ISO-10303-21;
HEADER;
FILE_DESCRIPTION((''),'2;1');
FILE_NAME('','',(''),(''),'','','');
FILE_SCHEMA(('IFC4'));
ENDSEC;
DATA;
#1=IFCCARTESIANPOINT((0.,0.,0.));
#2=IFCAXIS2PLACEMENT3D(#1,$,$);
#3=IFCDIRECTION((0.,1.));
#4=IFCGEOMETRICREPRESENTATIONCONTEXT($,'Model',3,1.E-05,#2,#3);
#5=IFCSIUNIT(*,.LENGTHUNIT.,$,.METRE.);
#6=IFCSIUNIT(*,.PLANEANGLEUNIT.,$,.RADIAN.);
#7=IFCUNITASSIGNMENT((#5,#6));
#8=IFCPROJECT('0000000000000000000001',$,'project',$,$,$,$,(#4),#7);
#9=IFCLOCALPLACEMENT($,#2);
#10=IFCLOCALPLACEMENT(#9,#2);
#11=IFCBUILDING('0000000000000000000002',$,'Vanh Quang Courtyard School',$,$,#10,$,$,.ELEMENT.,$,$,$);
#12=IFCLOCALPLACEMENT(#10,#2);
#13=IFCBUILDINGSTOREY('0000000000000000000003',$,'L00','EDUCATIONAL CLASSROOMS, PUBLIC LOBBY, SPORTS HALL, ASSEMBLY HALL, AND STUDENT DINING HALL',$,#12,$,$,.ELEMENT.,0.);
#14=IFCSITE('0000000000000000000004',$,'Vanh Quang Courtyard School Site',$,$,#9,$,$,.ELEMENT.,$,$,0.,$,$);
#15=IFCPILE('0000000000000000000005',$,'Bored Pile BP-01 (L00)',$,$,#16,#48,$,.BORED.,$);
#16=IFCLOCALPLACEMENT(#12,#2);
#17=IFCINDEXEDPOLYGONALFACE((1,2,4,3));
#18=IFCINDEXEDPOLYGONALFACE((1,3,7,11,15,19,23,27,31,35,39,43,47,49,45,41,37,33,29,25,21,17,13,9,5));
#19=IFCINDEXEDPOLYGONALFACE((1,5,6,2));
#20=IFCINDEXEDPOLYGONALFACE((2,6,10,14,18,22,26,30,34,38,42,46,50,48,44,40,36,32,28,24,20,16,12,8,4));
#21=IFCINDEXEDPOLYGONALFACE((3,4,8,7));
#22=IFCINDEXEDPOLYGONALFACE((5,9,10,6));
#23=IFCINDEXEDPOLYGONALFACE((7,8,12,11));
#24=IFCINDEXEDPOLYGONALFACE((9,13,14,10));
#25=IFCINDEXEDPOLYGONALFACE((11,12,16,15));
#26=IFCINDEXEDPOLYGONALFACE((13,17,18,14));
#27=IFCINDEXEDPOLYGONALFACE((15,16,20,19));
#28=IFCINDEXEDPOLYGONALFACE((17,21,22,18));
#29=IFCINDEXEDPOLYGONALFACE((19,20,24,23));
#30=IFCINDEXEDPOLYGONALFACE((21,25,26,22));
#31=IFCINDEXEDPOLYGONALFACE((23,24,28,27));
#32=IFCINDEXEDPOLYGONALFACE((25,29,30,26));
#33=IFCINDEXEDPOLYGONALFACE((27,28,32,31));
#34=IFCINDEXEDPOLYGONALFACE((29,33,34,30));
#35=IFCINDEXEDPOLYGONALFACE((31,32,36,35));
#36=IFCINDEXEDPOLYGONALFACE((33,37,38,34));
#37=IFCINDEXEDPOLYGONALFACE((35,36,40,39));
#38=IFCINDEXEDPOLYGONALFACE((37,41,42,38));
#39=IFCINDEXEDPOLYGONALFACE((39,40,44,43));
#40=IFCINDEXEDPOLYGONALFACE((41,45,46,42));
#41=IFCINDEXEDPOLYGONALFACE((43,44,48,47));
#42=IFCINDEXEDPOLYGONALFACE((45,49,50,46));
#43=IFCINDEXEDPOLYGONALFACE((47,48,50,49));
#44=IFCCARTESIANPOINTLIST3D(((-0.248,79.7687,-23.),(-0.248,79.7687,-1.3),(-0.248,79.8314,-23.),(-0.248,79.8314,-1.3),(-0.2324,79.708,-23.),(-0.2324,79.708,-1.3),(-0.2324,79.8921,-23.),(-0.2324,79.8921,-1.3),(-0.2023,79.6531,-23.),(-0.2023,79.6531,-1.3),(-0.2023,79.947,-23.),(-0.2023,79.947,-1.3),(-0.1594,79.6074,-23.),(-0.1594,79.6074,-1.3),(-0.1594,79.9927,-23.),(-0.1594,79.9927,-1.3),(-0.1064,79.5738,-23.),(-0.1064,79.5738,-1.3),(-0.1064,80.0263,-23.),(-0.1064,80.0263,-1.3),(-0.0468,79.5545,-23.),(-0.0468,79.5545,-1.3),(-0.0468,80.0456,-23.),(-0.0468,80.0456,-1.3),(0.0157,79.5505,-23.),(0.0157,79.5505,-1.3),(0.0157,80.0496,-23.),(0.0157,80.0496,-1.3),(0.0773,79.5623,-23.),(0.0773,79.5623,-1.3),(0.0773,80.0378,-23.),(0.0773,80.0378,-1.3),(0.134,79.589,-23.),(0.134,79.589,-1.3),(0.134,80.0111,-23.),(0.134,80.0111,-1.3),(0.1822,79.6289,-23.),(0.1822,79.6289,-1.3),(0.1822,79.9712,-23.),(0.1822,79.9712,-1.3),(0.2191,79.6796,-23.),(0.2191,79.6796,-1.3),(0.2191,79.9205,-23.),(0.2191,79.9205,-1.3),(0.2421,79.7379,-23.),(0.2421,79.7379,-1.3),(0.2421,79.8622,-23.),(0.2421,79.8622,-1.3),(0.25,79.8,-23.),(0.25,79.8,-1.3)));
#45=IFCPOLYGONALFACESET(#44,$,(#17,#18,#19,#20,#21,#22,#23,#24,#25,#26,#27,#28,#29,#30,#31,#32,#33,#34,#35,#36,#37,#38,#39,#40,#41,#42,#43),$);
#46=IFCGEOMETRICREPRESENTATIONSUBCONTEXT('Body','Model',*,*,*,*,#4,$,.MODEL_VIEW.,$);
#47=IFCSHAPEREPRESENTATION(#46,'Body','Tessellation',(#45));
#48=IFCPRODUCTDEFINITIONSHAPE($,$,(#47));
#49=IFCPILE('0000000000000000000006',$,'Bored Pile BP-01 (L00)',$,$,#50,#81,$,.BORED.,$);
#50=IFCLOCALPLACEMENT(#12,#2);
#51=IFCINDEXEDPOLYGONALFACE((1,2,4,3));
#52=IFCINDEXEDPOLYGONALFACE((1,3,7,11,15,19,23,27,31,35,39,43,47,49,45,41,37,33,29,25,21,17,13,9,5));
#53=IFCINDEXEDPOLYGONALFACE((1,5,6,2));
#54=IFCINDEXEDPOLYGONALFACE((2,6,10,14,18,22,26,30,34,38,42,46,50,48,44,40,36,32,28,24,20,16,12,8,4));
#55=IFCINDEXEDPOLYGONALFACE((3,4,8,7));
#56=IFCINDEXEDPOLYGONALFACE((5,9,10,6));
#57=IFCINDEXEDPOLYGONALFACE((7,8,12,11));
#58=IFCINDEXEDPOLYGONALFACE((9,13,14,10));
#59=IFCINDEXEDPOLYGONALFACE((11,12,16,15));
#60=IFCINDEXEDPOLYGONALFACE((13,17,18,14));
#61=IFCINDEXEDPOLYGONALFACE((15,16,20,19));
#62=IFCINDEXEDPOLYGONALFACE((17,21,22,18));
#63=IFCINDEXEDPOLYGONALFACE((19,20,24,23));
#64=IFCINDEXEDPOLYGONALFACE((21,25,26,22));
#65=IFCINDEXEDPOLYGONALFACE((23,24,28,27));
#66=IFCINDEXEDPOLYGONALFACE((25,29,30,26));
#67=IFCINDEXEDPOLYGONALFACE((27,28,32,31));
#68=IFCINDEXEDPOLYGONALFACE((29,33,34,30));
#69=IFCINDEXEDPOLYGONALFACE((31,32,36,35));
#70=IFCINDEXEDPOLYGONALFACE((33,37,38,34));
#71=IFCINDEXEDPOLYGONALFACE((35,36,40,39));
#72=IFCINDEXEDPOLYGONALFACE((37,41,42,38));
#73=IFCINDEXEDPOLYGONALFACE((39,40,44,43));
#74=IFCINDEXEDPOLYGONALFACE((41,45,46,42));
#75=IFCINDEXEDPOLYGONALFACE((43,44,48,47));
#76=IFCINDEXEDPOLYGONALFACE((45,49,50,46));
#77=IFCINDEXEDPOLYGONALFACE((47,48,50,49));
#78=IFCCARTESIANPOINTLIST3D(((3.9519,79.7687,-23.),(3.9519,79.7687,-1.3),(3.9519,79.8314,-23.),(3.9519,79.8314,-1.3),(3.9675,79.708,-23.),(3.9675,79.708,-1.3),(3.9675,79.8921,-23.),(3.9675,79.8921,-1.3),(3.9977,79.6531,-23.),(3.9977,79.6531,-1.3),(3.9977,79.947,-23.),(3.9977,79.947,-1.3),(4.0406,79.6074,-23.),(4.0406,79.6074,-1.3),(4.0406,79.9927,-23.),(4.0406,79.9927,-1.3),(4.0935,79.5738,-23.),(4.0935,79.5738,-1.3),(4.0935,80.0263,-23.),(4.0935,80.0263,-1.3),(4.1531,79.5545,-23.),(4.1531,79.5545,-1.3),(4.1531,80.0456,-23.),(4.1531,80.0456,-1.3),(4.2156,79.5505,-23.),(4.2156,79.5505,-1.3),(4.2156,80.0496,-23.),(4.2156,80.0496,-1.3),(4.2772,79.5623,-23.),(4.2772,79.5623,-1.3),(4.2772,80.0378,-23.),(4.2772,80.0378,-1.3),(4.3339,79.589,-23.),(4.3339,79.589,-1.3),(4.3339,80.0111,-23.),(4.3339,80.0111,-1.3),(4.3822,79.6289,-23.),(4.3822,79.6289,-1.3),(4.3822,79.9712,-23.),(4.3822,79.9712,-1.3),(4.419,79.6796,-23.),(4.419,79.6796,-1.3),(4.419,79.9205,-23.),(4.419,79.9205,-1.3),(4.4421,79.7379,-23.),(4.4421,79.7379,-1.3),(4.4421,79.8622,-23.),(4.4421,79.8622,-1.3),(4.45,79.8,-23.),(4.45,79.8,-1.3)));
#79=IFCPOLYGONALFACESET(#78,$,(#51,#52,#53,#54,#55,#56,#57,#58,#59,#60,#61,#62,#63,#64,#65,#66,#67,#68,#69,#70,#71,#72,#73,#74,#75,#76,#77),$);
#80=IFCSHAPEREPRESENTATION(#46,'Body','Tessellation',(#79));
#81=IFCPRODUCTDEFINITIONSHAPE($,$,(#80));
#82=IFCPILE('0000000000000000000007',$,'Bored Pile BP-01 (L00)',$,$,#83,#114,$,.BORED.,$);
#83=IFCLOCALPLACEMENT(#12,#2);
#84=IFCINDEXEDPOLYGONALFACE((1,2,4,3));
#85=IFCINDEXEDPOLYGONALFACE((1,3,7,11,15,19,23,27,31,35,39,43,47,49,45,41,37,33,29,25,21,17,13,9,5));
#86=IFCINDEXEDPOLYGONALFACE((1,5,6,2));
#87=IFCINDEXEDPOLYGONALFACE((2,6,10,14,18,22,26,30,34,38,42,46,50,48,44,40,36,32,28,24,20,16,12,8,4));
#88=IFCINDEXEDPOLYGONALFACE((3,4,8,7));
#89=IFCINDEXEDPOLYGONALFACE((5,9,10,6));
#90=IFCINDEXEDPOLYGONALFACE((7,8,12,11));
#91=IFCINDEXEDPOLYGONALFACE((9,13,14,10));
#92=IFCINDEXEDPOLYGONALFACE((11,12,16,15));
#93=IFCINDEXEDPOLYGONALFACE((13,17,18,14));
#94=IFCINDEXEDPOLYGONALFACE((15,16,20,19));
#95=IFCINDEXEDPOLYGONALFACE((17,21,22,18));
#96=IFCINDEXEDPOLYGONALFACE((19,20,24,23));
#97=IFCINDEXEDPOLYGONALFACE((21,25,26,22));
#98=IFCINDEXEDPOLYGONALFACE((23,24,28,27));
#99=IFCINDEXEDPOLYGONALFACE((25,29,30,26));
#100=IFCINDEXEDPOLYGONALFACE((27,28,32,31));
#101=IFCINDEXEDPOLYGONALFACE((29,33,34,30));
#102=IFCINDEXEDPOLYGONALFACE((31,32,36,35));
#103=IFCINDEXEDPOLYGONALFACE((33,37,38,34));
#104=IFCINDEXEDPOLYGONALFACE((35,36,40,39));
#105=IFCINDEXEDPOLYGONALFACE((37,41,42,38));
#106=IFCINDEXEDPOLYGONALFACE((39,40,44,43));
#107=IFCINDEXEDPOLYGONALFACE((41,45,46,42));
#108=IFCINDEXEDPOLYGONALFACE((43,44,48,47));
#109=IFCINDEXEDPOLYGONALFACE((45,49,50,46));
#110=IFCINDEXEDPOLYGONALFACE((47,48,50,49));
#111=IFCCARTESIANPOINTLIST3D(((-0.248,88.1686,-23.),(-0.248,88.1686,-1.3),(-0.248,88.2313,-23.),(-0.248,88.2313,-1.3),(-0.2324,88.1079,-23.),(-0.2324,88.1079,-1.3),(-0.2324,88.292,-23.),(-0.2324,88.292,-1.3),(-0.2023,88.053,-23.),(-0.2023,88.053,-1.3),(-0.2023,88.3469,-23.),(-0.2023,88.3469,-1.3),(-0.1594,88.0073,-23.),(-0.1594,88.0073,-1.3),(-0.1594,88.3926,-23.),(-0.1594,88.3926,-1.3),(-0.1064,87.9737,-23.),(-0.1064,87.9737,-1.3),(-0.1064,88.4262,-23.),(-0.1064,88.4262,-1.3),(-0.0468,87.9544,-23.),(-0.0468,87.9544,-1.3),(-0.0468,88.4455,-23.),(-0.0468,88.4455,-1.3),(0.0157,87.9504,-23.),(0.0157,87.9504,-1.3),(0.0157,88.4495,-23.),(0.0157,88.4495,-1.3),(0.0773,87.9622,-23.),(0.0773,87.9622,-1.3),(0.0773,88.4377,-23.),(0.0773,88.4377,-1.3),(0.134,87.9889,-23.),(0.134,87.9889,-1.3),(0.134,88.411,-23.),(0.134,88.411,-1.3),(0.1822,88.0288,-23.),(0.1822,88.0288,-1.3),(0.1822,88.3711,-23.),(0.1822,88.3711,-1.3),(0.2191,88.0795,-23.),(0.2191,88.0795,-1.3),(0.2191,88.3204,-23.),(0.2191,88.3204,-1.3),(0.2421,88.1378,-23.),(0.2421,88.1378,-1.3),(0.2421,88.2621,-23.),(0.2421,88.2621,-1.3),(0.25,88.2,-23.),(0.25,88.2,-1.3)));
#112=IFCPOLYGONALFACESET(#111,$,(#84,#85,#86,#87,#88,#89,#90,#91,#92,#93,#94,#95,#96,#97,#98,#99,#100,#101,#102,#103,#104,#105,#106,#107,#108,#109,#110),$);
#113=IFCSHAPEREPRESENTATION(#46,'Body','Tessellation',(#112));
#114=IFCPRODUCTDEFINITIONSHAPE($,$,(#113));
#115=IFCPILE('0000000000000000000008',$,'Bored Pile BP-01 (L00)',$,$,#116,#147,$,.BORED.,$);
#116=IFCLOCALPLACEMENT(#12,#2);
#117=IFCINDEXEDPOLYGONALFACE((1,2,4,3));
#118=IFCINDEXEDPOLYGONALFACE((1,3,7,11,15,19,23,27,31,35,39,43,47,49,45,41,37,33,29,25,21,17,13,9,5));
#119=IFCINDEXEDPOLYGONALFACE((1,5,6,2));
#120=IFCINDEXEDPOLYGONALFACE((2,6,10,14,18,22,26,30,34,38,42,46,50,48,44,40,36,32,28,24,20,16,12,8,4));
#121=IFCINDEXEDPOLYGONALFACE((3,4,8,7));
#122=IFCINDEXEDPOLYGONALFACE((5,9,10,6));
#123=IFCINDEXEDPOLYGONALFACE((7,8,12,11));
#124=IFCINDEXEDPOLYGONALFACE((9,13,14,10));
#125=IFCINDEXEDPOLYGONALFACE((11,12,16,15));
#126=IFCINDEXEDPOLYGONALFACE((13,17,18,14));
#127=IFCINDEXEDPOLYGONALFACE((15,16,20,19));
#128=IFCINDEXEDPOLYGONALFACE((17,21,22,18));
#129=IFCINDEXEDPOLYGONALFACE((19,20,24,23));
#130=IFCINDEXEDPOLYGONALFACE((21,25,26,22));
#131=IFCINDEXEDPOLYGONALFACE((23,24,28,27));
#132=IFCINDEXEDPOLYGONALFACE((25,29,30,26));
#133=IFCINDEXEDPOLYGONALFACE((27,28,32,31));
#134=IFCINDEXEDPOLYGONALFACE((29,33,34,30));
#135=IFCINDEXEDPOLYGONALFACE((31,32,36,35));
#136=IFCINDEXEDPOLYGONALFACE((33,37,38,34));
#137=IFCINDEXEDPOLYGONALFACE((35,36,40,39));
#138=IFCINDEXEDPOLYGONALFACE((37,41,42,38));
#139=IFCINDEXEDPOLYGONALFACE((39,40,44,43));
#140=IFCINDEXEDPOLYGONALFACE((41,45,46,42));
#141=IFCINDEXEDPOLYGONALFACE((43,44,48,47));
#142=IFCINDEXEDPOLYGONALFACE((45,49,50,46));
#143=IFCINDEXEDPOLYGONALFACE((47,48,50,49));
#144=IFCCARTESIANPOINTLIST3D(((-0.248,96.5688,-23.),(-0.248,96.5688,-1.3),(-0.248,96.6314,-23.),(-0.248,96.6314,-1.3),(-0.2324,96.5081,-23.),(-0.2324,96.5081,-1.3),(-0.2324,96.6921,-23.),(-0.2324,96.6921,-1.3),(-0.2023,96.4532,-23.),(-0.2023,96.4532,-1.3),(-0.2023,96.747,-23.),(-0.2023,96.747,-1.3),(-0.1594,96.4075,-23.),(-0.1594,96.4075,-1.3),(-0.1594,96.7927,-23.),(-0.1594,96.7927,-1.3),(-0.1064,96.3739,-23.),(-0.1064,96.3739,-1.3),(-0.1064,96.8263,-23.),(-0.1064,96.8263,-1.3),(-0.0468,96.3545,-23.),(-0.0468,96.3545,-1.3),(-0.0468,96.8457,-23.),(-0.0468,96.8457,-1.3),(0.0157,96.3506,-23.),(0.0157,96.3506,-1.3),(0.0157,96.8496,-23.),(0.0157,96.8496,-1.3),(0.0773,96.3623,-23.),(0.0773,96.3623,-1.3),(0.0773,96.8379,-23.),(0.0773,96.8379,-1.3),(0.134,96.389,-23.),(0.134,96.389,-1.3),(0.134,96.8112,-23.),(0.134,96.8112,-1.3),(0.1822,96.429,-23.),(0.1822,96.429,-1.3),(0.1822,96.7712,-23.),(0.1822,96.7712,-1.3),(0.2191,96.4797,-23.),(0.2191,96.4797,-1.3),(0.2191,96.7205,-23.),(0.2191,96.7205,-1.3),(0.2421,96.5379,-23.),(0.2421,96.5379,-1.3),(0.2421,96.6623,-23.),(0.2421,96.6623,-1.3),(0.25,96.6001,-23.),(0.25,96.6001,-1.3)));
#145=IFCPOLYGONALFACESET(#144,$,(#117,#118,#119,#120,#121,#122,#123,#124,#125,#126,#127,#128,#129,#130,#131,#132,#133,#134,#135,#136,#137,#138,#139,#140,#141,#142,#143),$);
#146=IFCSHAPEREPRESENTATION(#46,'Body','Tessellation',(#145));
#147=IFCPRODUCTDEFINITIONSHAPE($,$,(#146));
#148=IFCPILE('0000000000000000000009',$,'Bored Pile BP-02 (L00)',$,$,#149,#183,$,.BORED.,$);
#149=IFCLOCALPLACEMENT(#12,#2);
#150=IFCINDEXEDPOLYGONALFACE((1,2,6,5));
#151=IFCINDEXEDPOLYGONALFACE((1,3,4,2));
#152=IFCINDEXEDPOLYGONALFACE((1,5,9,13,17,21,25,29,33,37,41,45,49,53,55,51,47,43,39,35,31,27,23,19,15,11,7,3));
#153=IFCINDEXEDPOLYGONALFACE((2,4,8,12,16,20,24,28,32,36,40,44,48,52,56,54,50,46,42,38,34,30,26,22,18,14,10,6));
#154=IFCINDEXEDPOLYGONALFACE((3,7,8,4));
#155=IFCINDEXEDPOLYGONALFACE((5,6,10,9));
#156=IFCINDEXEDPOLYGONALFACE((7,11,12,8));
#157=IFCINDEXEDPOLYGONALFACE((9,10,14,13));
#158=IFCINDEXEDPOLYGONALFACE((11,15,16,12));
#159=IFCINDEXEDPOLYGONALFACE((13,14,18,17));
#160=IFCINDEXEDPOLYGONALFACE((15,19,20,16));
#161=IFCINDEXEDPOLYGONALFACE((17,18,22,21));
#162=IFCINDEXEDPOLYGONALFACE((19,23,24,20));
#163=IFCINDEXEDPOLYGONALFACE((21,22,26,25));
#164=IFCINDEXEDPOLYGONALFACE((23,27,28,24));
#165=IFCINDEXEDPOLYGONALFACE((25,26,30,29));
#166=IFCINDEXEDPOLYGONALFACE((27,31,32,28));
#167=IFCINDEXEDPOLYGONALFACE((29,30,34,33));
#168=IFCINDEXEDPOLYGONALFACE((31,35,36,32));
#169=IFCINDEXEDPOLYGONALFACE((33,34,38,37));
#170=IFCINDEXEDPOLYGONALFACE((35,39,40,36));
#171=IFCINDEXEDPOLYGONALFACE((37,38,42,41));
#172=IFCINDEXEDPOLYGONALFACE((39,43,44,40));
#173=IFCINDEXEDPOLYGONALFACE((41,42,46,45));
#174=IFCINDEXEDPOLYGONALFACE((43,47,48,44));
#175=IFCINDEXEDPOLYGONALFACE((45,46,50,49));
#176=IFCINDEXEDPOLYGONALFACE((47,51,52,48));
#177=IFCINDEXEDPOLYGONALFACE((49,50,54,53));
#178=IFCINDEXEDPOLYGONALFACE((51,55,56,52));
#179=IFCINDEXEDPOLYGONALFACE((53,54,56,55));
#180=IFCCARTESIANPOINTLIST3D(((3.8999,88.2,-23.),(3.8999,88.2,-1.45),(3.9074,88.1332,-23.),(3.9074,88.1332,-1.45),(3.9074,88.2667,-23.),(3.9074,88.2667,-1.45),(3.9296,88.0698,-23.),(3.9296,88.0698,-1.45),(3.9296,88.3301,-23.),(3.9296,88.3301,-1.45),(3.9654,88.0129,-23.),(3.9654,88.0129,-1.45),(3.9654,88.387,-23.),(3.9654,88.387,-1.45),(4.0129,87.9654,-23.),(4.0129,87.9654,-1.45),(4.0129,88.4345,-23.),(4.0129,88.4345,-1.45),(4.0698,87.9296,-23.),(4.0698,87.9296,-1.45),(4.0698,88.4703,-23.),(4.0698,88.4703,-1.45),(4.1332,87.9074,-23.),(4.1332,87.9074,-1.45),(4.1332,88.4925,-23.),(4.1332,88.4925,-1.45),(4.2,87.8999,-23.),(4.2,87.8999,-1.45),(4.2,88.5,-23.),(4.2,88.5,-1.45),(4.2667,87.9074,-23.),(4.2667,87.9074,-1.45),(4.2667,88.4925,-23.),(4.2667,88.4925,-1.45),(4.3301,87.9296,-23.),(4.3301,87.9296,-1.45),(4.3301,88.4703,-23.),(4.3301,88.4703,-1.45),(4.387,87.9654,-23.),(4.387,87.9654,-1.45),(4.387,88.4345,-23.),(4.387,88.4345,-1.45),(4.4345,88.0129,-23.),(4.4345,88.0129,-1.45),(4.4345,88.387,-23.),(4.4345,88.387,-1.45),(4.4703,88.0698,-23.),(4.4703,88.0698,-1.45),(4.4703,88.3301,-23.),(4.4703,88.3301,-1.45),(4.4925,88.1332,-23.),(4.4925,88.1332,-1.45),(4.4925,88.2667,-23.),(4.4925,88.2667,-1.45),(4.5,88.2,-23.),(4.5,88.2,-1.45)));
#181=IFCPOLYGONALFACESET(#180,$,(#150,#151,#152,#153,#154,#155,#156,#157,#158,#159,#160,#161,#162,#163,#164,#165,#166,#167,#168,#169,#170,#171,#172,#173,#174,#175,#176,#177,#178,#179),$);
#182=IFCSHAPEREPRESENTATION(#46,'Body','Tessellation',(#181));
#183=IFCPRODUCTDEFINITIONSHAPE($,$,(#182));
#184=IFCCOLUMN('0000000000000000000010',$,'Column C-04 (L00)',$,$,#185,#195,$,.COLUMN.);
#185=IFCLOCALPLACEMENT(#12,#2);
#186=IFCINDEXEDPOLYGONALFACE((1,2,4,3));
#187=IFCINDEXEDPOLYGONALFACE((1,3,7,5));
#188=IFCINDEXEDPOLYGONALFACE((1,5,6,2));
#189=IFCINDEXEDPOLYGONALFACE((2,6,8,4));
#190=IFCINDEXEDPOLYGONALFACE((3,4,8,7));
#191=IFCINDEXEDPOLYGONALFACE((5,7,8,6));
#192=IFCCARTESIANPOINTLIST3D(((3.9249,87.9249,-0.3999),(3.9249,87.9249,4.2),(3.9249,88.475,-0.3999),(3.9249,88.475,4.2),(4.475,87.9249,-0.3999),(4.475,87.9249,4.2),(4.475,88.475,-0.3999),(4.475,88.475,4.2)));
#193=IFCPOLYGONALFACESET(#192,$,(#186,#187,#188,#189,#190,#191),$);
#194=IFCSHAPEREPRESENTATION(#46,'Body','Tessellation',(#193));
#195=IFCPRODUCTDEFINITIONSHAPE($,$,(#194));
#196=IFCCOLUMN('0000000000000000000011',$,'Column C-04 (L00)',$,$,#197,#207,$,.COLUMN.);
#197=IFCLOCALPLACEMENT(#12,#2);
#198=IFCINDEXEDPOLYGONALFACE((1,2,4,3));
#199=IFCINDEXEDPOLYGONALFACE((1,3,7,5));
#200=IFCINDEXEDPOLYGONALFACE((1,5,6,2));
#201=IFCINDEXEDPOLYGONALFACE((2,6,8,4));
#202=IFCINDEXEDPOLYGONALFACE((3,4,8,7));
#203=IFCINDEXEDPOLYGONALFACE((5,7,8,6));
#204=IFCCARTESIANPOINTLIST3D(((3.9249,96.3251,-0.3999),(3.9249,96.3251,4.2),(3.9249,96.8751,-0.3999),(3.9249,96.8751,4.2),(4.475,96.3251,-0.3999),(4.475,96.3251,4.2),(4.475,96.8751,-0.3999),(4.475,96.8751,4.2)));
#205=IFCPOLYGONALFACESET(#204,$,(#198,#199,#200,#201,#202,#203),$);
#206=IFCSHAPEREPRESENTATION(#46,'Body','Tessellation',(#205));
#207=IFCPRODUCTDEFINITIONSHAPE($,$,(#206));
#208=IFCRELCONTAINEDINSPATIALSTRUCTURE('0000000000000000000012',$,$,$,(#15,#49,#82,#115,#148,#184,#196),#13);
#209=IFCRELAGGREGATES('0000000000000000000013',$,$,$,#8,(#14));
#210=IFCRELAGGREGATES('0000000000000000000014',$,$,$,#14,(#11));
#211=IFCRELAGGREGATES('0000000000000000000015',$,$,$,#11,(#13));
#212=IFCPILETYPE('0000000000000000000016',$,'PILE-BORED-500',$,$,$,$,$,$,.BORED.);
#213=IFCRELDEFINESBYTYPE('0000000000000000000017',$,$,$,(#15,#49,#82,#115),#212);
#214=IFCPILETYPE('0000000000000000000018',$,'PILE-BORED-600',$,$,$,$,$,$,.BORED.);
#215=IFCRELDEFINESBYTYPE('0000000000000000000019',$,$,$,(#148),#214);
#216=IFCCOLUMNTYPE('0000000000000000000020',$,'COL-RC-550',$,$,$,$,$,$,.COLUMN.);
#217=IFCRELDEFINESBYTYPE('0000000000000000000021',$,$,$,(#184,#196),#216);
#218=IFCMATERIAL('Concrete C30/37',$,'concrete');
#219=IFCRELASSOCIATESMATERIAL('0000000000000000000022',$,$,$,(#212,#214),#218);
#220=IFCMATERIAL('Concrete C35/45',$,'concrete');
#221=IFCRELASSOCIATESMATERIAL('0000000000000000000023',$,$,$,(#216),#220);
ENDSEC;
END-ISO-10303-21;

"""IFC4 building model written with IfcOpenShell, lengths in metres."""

from ifc_helpers import new_model, si_unit, direction, frame, origin, origin_2d, place, context, subcontext, project, spatial, rectangle, circle, extrude, material, material_profile, profile_set, type_object, element, save


model = new_model("IFC4")

# Units and contexts
model_context = context("Model", 3, precision=1e-05, world=origin(), true_north=direction((0.0, 1.0)))
body_context = subcontext(model_context, "Body", "Model", "MODEL_VIEW")
ifc_project = project(units=[si_unit("LENGTHUNIT", "METRE"), si_unit("PLANEANGLEUNIT", "RADIAN")], contexts=[model_context])

# Site, building, storey
site_placement = place(None, origin())
site = spatial("IfcSite", under=ifc_project, at=site_placement, Name="Vanh Quang Courtyard School Site", CompositionType="ELEMENT", RefElevation=0.0)
building_placement = place(site_placement, origin())
building = spatial("IfcBuilding", under=site, at=building_placement, Name="Vanh Quang Courtyard School", CompositionType="ELEMENT")
storey_placement = place(building_placement, origin())
storey = spatial("IfcBuildingStorey", under=building, at=storey_placement, Name="L00", Description="EDUCATIONAL CLASSROOMS, PUBLIC LOBBY, SPORTS HALL, ASSEMBLY HALL, AND STUDENT DINING HALL", CompositionType="ELEMENT", Elevation=0.0)

# Shared definitions
ifc_material_1 = material(Name="Concrete C35/45", Category="concrete")

# Piles
ifc_material_2 = material(Name="Concrete C30/37", Category="concrete")
ifc_material_profile_1 = material_profile(ifc_material_2, circle(Radius=0.25, at=origin_2d()), Name="PILE D500")
ifc_profile_set_1 = profile_set([ifc_material_profile_1], Name="Concrete C30/37")
pile_type_1 = type_object("IfcPileType", Name="PILE-BORED-500", PredefinedType="BORED", material=ifc_profile_set_1)
for number, where, z_axis, x_axis, name in (
    (1, (0.0, 79.8, -1.3), (0.0, 0.0, -1.0), (1.0, 0.0, 0.0), "Bored Pile BP-01 (L00)"),
    (2, (4.2, 79.8, -1.3), (0.0, 0.0, -1.0), (1.0, 0.0, 0.0), "Bored Pile BP-01 (L00)"),
    (3, (0.0, 88.2, -1.3), (0.0, 0.0, -1.0), (1.0, 0.0, 0.0), "Bored Pile BP-01 (L00)"),
    (4, (0.0, 96.6001, -1.3), (0.0, 0.0, -1.0), (1.0, 0.0, 0.0), "Bored Pile BP-01 (L00)"),
):
    element("IfcPile", number, at=place(storey_placement, frame(where, z_axis=z_axis, x_axis=x_axis)), inside=storey, type_object=pile_type_1, Name=name, PredefinedType="BORED", context=body_context, shape_type="SweptSolid", body=[
        extrude(circle(Radius=0.25, at=origin_2d()), origin(), (0.0, 0.0, 1.0), 21.7),
    ])
ifc_material_profile_2 = material_profile(ifc_material_2, circle(Radius=0.3, at=origin_2d()), Name="PILE D600")
ifc_profile_set_2 = profile_set([ifc_material_profile_2], Name="Concrete C30/37")
pile_type_2 = type_object("IfcPileType", Name="PILE-BORED-600", PredefinedType="BORED", material=ifc_profile_set_2)
pile_placement = place(storey_placement, frame((4.2, 88.2, -1.45), z_axis=(0.0, 0.0, -1.0), x_axis=(1.0, 0.0, 0.0)))
element("IfcPile", 5, at=pile_placement, inside=storey, type_object=pile_type_2, Name="Bored Pile BP-02 (L00)", PredefinedType="BORED", context=body_context, shape_type="SweptSolid", body=[
    extrude(circle(Radius=0.3, at=origin_2d()), origin(), (0.0, 0.0, 1.0), 21.55),
])

# Columns
ifc_material_profile_3 = material_profile(ifc_material_1, rectangle(XDim=0.55, YDim=0.55, at=origin_2d()), Name="RC-COL 550x550")
ifc_profile_set_3 = profile_set([ifc_material_profile_3], Name="Concrete C35/45")
column_type_1 = type_object("IfcColumnType", Name="COL-RC-550", PredefinedType="COLUMN", material=ifc_profile_set_3)
for number, where, z_axis, x_axis, name in (
    (6, (4.2, 88.2, -0.3999), (0.0, 0.0, 1.0), (1.0, 0.0, 0.0), "Column C-04 (L00)"),
    (7, (4.2, 96.6001, -0.3999), (0.0, 0.0, 1.0), (1.0, 0.0, 0.0), "Column C-04 (L00)"),
):
    element("IfcColumn", number, at=place(storey_placement, frame(where, z_axis=z_axis, x_axis=x_axis)), inside=storey, type_object=column_type_1, Name=name, PredefinedType="COLUMN", context=body_context, shape_type="SweptSolid", body=[
        extrude(rectangle(XDim=0.55, YDim=0.55, at=origin_2d()), origin(), (0.0, 0.0, 1.0), 4.5999),
    ])

save(model, "model.ifc")
